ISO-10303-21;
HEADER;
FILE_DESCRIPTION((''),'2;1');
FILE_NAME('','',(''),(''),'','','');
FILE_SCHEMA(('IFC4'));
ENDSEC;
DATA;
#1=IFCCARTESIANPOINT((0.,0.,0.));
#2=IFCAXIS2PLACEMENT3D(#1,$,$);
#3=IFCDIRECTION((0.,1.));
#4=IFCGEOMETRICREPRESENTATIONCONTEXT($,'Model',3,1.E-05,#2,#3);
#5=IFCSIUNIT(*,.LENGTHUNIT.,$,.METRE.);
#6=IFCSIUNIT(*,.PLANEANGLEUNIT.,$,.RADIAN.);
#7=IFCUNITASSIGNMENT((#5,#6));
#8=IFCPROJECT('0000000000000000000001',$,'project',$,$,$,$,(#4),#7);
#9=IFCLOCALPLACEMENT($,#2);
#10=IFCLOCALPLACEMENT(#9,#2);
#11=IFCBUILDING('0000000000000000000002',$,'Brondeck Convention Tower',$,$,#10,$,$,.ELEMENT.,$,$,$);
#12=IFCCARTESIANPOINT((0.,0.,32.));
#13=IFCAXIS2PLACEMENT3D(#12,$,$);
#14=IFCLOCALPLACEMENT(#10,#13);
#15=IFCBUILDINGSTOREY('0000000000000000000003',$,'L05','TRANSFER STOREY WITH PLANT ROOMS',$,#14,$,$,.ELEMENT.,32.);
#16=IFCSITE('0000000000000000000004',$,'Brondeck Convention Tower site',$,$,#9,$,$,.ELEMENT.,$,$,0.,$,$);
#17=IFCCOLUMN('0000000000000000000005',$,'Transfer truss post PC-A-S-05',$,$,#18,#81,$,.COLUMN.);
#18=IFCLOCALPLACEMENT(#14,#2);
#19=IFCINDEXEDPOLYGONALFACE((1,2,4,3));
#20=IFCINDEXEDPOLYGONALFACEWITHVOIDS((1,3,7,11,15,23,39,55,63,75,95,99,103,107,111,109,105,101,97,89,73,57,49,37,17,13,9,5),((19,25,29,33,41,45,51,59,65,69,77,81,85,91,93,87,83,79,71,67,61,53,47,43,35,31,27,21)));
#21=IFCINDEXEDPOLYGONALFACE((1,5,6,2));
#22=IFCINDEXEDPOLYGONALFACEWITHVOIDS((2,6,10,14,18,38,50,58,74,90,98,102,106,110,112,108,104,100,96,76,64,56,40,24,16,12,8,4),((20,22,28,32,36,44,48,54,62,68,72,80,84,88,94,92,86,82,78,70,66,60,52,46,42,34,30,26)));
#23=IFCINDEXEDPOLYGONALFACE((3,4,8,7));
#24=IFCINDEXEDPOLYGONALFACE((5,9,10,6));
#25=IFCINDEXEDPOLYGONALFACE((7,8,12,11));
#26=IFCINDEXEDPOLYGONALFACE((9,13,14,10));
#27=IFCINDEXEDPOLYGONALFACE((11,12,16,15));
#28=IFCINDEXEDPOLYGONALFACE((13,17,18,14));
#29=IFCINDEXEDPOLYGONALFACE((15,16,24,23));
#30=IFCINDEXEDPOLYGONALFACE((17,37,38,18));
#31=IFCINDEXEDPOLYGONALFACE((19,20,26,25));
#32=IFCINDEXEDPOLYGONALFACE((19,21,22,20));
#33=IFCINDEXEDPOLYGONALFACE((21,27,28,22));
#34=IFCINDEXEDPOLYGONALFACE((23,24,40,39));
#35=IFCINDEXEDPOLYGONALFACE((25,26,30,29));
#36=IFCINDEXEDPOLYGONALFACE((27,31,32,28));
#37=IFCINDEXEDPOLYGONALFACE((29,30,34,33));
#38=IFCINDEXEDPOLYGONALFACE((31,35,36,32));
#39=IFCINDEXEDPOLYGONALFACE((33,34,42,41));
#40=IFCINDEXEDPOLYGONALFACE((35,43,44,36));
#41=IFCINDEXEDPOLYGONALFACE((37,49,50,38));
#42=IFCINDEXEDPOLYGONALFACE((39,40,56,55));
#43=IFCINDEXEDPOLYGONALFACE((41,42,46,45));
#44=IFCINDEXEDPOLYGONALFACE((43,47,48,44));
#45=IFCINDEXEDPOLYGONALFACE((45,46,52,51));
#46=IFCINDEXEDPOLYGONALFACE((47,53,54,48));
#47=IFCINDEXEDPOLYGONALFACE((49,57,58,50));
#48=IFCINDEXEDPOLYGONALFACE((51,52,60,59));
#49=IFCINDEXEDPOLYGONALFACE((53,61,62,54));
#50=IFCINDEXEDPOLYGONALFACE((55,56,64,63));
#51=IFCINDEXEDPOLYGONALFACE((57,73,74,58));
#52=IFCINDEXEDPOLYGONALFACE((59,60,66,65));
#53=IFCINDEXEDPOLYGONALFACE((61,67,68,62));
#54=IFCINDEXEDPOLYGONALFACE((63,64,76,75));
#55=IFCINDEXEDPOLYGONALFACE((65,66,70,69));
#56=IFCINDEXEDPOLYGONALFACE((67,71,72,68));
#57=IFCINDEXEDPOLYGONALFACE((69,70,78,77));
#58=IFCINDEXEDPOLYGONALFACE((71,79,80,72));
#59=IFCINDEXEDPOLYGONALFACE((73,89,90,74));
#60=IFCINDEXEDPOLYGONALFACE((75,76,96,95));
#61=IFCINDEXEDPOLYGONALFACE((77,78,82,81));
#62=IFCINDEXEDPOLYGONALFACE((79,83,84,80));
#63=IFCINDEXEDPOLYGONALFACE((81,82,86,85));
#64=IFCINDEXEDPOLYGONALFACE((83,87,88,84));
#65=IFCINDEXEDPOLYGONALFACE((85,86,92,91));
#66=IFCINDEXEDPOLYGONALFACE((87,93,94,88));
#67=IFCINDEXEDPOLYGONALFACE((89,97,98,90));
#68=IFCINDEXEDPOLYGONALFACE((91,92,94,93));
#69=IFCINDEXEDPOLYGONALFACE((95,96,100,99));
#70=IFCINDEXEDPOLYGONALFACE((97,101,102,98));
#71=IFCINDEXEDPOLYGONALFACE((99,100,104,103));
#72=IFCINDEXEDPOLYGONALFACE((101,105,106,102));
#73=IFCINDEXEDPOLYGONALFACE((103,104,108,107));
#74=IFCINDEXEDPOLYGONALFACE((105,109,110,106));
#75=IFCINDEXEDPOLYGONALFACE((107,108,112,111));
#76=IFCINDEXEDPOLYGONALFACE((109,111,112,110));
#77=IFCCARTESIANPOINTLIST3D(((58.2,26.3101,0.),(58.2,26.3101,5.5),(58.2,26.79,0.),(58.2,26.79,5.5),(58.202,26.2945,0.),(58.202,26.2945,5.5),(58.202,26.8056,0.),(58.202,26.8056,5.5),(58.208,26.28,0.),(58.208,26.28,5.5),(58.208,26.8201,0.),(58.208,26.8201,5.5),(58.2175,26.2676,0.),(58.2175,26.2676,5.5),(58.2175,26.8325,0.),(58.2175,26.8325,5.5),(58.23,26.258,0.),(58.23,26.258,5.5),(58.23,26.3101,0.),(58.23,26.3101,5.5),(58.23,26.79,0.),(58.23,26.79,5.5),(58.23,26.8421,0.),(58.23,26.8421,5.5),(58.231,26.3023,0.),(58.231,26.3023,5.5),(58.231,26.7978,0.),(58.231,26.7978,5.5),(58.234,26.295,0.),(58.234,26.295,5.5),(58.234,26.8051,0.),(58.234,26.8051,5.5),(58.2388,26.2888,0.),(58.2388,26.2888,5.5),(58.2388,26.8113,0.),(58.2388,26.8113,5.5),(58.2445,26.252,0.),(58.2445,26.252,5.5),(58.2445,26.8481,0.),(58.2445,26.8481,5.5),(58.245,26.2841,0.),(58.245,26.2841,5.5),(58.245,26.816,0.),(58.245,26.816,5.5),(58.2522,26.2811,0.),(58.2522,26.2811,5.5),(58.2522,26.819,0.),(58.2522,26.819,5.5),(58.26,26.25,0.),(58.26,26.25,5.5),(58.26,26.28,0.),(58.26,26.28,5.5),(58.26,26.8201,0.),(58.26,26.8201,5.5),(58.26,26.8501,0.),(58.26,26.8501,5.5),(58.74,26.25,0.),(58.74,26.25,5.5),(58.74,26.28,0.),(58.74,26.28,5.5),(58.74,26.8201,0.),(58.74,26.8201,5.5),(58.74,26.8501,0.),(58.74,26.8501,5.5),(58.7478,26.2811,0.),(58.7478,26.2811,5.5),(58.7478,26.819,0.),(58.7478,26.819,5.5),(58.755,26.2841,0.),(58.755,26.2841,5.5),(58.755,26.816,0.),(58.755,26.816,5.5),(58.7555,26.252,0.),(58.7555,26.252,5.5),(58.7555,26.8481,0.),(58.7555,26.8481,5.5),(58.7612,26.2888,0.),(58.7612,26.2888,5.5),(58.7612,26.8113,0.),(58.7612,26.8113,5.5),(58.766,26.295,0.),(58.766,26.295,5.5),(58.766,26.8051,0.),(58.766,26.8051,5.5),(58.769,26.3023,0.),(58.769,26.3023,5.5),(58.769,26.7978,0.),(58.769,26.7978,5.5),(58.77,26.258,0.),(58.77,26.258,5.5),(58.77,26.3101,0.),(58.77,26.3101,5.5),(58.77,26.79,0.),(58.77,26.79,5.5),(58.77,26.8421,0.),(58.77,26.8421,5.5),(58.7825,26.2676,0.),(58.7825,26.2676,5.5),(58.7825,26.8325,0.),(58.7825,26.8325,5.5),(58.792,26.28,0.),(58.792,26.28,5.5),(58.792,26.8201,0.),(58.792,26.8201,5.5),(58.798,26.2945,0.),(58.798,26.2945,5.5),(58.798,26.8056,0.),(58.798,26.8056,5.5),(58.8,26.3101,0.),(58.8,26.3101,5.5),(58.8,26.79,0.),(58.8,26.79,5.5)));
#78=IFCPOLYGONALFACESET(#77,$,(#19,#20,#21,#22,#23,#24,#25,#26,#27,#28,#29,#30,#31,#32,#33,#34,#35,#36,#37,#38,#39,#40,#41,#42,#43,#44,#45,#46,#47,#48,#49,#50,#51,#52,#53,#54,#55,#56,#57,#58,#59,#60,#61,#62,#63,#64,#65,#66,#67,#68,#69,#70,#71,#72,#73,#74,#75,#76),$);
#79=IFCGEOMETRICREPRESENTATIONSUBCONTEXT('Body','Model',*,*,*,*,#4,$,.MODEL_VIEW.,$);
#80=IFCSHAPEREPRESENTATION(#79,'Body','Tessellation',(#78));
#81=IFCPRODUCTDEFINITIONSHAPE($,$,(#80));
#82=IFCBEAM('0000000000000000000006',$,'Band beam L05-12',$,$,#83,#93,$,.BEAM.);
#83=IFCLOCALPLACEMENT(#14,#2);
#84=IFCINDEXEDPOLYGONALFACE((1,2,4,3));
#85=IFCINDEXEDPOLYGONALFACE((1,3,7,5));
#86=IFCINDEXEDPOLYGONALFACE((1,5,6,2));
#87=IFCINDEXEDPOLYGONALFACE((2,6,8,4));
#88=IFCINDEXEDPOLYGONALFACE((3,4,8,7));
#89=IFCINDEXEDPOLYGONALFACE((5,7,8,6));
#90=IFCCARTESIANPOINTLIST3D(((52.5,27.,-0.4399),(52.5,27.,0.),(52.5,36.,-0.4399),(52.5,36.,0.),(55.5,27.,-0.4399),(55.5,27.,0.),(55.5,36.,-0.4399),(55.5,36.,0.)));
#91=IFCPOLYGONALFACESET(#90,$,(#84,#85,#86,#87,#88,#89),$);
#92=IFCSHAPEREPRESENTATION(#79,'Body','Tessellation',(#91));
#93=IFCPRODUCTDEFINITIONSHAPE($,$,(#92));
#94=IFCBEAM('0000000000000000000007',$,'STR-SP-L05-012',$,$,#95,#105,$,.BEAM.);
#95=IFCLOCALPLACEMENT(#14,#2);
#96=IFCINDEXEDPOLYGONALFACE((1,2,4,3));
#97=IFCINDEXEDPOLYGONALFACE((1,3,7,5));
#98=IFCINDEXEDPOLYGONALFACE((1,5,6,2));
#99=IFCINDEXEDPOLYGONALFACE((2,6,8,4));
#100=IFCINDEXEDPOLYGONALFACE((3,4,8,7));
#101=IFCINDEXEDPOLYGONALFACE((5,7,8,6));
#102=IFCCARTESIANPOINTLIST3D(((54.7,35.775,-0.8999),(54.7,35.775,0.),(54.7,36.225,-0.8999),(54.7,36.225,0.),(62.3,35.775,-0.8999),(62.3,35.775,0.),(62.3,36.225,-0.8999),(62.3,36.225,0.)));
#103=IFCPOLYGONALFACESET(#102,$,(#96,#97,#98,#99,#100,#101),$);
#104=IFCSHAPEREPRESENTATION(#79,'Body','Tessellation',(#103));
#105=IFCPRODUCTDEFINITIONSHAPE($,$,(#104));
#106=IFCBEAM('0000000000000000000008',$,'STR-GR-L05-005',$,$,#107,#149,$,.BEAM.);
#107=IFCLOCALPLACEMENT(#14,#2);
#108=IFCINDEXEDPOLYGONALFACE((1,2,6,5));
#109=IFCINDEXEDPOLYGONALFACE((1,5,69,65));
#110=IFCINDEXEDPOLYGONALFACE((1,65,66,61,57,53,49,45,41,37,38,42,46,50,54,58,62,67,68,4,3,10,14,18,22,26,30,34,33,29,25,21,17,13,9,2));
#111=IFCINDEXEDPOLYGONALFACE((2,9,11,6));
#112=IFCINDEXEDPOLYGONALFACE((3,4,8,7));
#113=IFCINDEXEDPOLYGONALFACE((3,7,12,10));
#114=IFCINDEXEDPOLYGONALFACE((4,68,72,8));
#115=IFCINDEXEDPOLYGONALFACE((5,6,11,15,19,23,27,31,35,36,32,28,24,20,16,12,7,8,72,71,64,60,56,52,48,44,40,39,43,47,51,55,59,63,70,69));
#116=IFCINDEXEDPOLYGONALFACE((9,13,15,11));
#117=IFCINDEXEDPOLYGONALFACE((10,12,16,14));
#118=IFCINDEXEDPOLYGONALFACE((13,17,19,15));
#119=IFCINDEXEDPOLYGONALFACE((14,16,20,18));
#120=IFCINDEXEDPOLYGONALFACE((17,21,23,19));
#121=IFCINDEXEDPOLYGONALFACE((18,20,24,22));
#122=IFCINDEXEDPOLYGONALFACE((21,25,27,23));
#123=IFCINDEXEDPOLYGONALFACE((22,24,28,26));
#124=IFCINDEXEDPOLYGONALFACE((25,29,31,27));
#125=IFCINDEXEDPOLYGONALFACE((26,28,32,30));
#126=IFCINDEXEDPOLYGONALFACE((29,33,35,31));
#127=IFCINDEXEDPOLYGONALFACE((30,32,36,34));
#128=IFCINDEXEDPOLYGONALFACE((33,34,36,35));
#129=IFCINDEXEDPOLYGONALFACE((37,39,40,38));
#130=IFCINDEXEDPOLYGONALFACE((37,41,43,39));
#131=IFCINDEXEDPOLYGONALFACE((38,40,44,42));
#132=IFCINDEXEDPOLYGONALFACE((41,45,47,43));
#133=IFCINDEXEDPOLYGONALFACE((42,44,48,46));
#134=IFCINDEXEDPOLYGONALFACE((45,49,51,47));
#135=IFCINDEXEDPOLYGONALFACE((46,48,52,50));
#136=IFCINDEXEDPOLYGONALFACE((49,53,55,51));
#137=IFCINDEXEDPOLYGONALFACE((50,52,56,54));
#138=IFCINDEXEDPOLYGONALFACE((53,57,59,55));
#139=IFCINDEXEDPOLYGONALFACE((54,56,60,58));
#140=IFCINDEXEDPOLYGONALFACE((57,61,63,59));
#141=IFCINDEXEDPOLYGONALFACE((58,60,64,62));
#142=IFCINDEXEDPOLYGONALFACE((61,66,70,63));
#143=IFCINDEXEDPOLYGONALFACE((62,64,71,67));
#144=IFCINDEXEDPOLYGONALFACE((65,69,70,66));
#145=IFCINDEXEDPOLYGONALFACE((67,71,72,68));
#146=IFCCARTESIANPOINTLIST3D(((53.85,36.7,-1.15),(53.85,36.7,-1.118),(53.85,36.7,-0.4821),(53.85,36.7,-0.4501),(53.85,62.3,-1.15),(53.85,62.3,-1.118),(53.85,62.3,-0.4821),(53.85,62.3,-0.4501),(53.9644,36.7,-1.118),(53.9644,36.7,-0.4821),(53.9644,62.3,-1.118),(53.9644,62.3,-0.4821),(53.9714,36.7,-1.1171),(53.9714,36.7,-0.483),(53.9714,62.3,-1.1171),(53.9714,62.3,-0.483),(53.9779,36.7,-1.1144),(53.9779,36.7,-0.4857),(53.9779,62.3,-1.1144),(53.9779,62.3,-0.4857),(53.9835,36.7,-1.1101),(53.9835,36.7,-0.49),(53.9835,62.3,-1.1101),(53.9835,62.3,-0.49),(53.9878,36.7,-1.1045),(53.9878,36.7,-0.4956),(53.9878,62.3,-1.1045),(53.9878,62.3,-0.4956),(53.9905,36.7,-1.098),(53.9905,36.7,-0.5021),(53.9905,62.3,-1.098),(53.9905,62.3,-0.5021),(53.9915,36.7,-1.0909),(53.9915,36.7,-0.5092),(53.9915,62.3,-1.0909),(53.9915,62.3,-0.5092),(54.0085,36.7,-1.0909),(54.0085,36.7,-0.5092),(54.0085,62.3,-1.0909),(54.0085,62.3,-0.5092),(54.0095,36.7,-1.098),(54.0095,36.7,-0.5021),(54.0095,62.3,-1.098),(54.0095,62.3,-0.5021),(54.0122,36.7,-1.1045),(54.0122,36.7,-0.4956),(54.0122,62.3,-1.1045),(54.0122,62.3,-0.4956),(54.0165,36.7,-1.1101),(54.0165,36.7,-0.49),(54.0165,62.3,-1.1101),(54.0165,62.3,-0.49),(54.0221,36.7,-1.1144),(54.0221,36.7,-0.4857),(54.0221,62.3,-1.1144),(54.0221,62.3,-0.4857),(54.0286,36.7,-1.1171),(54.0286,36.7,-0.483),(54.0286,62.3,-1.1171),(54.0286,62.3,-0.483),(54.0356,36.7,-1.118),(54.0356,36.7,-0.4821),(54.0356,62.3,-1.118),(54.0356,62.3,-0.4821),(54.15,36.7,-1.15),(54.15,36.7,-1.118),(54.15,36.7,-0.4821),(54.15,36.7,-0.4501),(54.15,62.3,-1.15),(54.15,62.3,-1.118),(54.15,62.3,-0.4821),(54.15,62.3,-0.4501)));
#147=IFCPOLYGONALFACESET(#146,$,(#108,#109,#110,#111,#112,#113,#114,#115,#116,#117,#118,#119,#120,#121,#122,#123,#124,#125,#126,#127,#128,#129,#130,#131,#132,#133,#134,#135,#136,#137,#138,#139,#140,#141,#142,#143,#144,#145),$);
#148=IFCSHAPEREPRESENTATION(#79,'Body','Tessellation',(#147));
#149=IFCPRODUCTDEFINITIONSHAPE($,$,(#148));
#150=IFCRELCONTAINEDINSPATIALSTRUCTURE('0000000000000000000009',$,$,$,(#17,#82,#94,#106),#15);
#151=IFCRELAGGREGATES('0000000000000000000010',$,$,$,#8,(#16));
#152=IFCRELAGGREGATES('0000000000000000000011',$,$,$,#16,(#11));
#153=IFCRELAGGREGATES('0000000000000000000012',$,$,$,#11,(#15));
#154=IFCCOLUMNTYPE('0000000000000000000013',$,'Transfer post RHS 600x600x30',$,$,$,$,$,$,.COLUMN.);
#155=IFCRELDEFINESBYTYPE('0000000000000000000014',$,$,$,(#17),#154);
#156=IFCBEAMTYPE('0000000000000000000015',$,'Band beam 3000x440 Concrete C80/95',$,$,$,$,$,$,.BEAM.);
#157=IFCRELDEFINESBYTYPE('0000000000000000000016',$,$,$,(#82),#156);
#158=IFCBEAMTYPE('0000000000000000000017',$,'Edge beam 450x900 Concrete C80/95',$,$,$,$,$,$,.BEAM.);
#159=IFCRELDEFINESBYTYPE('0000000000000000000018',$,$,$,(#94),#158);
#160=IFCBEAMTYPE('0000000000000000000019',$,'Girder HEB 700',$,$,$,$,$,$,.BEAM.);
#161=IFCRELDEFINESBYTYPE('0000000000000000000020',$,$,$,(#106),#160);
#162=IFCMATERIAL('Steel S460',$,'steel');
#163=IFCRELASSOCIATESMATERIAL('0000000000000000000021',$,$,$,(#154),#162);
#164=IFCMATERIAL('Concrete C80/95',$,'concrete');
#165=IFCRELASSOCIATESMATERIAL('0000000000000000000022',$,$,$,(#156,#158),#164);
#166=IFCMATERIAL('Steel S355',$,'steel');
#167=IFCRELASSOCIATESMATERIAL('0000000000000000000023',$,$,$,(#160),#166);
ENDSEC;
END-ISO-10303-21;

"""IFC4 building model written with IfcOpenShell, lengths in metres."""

from ifc_helpers import new_model, si_unit, direction, frame, origin, origin_2d, place, context, subcontext, project, spatial, rectangle, hollow_rectangle, i_section, extrude, material, material_profile, profile_set, type_object, element, save


model = new_model("IFC4")

# Units and contexts
model_context = context("Model", 3, precision=1e-05, world=origin(), true_north=direction((0.0, 1.0)))
body_context = subcontext(model_context, "Body", "Model", "MODEL_VIEW")
ifc_project = project(units=[si_unit("LENGTHUNIT", "METRE"), si_unit("PLANEANGLEUNIT", "RADIAN")], contexts=[model_context])

# Site, building, storey
site_placement = place(None, origin())
site = spatial("IfcSite", under=ifc_project, at=site_placement, Name="Brondeck Convention Tower site", CompositionType="ELEMENT", RefElevation=0.0)
building_placement = place(site_placement, origin())
building = spatial("IfcBuilding", under=site, at=building_placement, Name="Brondeck Convention Tower", CompositionType="ELEMENT")
storey_placement = place(building_placement, frame((0.0, 0.0, 32.0)))
storey = spatial("IfcBuildingStorey", under=building, at=storey_placement, Name="L05", Description="TRANSFER STOREY WITH PLANT ROOMS", CompositionType="ELEMENT", Elevation=32.0)

# Column
ifc_material_1 = material(Name="Steel S460", Category="steel")
ifc_material_profile_1 = material_profile(ifc_material_1, hollow_rectangle(XDim=0.6001, YDim=0.6001, WallThickness=0.03, InnerFilletRadius=0.03, OuterFilletRadius=0.0601, at=origin_2d()), Name="RHS 600x600x30")
ifc_profile_set_1 = profile_set([ifc_material_profile_1], Name="Steel S460")
column_type = type_object("IfcColumnType", Name="Transfer post RHS 600x600x30", PredefinedType="COLUMN", material=ifc_profile_set_1)
column_placement = place(storey_placement, frame((58.5, 26.55, 0.0), z_axis=(0.0, 0.0, 1.0), x_axis=(1.0, 0.0, 0.0)))
element("IfcColumn", 1, at=column_placement, inside=storey, type_object=column_type, Name="Transfer truss post PC-A-S-05", PredefinedType="COLUMN", context=body_context, shape_type="SweptSolid", body=[
    extrude(hollow_rectangle(XDim=0.6001, YDim=0.6001, WallThickness=0.03, InnerFilletRadius=0.03, OuterFilletRadius=0.0601, at=origin_2d()), origin(), (0.0, 0.0, 1.0), 5.5),
])

# Beams
ifc_material_2 = material(Name="Concrete C80/95", Category="concrete")
ifc_material_profile_2 = material_profile(ifc_material_2, rectangle(XDim=3.0, YDim=0.4399, at=origin_2d()), Name="Band beam 3000x440 Concrete C80/95")
ifc_profile_set_2 = profile_set([ifc_material_profile_2], Name="Concrete C80/95")
beam_type_1 = type_object("IfcBeamType", Name="Band beam 3000x440 Concrete C80/95", PredefinedType="BEAM", material=ifc_profile_set_2)
beam_1_placement = place(storey_placement, frame((54.0, 27.0, -0.22), z_axis=(0.0, 1.0, 0.0), x_axis=(-1.0, 0.0, 0.0)))
element("IfcBeam", 2, at=beam_1_placement, inside=storey, type_object=beam_type_1, Name="Band beam L05-12", PredefinedType="BEAM", context=body_context, shape_type="SweptSolid", body=[
    extrude(rectangle(XDim=3.0, YDim=0.4399, at=origin_2d()), origin(), (0.0, 0.0, 1.0), 9.0),
])
ifc_material_profile_3 = material_profile(ifc_material_2, rectangle(XDim=0.45, YDim=0.8999, at=origin_2d()), Name="Edge beam 450x900 Concrete C80/95")
ifc_profile_set_3 = profile_set([ifc_material_profile_3], Name="Concrete C80/95")
beam_type_2 = type_object("IfcBeamType", Name="Edge beam 450x900 Concrete C80/95", PredefinedType="BEAM", material=ifc_profile_set_3)
beam_2_placement = place(storey_placement, frame((54.7, 36.0, -0.45), z_axis=(1.0, 0.0, 0.0), x_axis=(0.0, 1.0, 0.0)))
element("IfcBeam", 3, at=beam_2_placement, inside=storey, type_object=beam_type_2, Name="STR-SP-L05-012", PredefinedType="BEAM", context=body_context, shape_type="SweptSolid", body=[
    extrude(rectangle(XDim=0.45, YDim=0.8999, at=origin_2d()), origin(), (0.0, 0.0, 1.0), 7.6001),
])
ifc_material_3 = material(Name="Steel S355", Category="steel")
ifc_material_profile_4 = material_profile(ifc_material_3, i_section(OverallWidth=0.3, OverallDepth=0.7, WebThickness=0.0171, FlangeThickness=0.032, FilletRadius=0.0271, at=origin_2d()), Name="HEB 700")
ifc_profile_set_4 = profile_set([ifc_material_profile_4], Name="Steel S355")
beam_type_3 = type_object("IfcBeamType", Name="Girder HEB 700", PredefinedType="BEAM", material=ifc_profile_set_4)
beam_3_placement = place(storey_placement, frame((54.0, 36.7, -0.8), z_axis=(0.0, 1.0, 0.0), x_axis=(-1.0, 0.0, 0.0)))
element("IfcBeam", 4, at=beam_3_placement, inside=storey, type_object=beam_type_3, Name="STR-GR-L05-005", PredefinedType="BEAM", context=body_context, shape_type="SweptSolid", body=[
    extrude(i_section(OverallWidth=0.3, OverallDepth=0.7, WebThickness=0.0171, FlangeThickness=0.032, FilletRadius=0.0271, at=origin_2d()), origin(), (0.0, 0.0, 1.0), 25.6001),
])

save(model, "model.ifc")
